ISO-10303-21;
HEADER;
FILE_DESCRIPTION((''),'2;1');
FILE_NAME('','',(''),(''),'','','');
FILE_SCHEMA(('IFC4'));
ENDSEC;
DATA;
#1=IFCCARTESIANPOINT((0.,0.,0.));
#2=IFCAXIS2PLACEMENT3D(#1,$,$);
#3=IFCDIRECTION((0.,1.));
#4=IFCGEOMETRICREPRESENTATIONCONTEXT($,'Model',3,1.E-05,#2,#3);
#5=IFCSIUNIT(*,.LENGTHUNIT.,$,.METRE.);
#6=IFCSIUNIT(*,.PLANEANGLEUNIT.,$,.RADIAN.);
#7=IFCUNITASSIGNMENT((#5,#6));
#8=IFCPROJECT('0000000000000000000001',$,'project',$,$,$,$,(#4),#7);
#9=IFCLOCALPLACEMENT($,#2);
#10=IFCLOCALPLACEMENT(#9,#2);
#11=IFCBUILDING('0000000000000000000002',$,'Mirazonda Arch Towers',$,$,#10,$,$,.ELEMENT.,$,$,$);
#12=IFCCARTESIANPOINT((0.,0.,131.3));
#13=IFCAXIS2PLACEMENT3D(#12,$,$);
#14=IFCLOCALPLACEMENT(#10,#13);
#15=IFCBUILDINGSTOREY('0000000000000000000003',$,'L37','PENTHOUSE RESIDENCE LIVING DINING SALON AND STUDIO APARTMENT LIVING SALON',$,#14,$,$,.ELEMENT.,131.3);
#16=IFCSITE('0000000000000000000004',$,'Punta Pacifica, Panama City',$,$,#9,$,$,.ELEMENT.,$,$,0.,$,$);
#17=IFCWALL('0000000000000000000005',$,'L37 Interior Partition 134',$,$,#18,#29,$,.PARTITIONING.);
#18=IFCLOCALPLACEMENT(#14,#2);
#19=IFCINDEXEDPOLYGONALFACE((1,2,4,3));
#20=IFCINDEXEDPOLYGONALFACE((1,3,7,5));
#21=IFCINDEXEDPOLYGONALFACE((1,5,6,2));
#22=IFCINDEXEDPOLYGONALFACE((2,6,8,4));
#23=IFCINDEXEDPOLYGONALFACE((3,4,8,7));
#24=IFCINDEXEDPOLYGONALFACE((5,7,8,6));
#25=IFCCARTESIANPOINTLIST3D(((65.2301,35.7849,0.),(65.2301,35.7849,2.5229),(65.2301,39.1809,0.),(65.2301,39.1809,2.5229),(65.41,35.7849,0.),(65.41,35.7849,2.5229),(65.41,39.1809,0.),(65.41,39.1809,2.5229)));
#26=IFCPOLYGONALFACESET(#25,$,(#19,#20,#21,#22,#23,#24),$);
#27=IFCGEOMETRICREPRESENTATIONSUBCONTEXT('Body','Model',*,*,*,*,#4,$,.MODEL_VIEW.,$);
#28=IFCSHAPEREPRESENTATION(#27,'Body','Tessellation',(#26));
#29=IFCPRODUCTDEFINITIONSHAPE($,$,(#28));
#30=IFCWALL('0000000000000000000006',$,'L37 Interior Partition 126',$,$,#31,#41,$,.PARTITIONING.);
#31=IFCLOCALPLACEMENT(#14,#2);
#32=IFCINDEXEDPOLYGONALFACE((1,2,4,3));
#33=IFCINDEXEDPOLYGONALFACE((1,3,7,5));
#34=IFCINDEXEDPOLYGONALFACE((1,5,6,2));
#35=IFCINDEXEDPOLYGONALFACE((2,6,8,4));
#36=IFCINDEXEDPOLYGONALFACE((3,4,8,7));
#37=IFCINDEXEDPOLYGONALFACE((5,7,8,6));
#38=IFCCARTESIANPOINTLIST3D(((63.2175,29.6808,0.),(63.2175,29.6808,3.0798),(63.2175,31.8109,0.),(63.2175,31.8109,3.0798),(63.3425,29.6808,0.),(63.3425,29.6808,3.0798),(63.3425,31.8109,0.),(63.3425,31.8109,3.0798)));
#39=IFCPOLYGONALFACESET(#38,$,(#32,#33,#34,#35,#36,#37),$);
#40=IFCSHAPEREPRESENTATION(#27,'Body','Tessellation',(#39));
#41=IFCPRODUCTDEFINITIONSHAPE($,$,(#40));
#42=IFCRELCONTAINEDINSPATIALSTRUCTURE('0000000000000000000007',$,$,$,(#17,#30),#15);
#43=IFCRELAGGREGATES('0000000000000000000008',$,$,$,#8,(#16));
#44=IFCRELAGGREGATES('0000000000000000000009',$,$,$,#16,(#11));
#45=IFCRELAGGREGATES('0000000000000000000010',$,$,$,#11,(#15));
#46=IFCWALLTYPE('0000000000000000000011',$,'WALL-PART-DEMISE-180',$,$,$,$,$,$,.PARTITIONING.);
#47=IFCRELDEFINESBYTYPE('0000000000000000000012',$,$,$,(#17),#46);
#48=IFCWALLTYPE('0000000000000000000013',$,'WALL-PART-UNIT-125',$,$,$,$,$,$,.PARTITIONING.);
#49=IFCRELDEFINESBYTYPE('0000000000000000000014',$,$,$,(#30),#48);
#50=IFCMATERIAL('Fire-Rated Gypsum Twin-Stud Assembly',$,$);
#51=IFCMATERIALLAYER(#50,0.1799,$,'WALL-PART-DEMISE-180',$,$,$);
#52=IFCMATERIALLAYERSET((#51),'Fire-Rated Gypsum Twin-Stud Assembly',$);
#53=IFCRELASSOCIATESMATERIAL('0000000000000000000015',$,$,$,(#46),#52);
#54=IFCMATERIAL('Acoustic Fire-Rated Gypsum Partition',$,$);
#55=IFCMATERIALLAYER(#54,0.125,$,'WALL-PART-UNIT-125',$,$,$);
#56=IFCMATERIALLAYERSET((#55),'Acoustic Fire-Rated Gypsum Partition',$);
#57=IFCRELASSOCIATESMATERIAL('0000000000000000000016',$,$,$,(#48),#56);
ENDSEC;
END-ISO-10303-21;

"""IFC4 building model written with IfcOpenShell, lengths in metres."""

from ifc_helpers import new_model, si_unit, direction, frame, frame_2d, origin, place, context, subcontext, project, spatial, rectangle, extrude, material, layer, layer_set, type_object, element, save


model = new_model("IFC4")

# Units and contexts
model_context = context("Model", 3, precision=1e-05, world=origin(), true_north=direction((0.0, 1.0)))
body_context = subcontext(model_context, "Body", "Model", "MODEL_VIEW")
ifc_project = project(units=[si_unit("LENGTHUNIT", "METRE"), si_unit("PLANEANGLEUNIT", "RADIAN")], contexts=[model_context])

# Site, building, storey
site_placement = place(None, origin())
site = spatial("IfcSite", under=ifc_project, at=site_placement, Name="Punta Pacifica, Panama City", CompositionType="ELEMENT", RefElevation=0.0)
building_placement = place(site_placement, origin())
building = spatial("IfcBuilding", under=site, at=building_placement, Name="Mirazonda Arch Towers", CompositionType="ELEMENT")
storey_placement = place(building_placement, frame((0.0, 0.0, 131.3)))
storey = spatial("IfcBuildingStorey", under=building, at=storey_placement, Name="L37", Description="PENTHOUSE RESIDENCE LIVING DINING SALON AND STUDIO APARTMENT LIVING SALON", CompositionType="ELEMENT", Elevation=131.3)

# Shared definitions
ifc_material_1 = material(Name="Fire-Rated Gypsum Twin-Stud Assembly")
ifc_layer_1 = layer(ifc_material_1, 0.1799, Name="WALL-PART-DEMISE-180")
ifc_layer_set_1 = layer_set([ifc_layer_1], Name="Fire-Rated Gypsum Twin-Stud Assembly")
wall_type_1 = type_object("IfcWallType", Name="WALL-PART-DEMISE-180", PredefinedType="PARTITIONING", material=ifc_layer_set_1)

# Walls
wall_1_placement = place(storey_placement, frame((65.3201, 35.7849, 0.0), z_axis=(0.0, 0.0, 1.0), x_axis=(0.0, 1.0, 0.0)))
element("IfcWall", 1, at=wall_1_placement, inside=storey, type_object=wall_type_1, Name="L37 Interior Partition 134", PredefinedType="PARTITIONING", context=body_context, shape_type="SweptSolid", body=[
    extrude(rectangle(XDim=3.396, YDim=0.1799, at=frame_2d((1.698, 0.0))), origin(), (0.0, 0.0, 1.0), 2.5229),
])
ifc_material_2 = material(Name="Acoustic Fire-Rated Gypsum Partition")
ifc_layer_2 = layer(ifc_material_2, 0.125, Name="WALL-PART-UNIT-125")
ifc_layer_set_2 = layer_set([ifc_layer_2], Name="Acoustic Fire-Rated Gypsum Partition")
wall_type_2 = type_object("IfcWallType", Name="WALL-PART-UNIT-125", PredefinedType="PARTITIONING", material=ifc_layer_set_2)
wall_2_placement = place(storey_placement, frame((63.28, 29.6809, 0.0), z_axis=(0.0, 0.0, 1.0), x_axis=(0.0, 1.0, 0.0)))
element("IfcWall", 2, at=wall_2_placement, inside=storey, type_object=wall_type_2, Name="L37 Interior Partition 126", PredefinedType="PARTITIONING", context=body_context, shape_type="SweptSolid", body=[
    extrude(rectangle(XDim=2.1301, YDim=0.125, at=frame_2d((1.0649, 0.0))), origin(), (0.0, 0.0, 1.0), 3.0798),
])

save(model, "model.ifc")
